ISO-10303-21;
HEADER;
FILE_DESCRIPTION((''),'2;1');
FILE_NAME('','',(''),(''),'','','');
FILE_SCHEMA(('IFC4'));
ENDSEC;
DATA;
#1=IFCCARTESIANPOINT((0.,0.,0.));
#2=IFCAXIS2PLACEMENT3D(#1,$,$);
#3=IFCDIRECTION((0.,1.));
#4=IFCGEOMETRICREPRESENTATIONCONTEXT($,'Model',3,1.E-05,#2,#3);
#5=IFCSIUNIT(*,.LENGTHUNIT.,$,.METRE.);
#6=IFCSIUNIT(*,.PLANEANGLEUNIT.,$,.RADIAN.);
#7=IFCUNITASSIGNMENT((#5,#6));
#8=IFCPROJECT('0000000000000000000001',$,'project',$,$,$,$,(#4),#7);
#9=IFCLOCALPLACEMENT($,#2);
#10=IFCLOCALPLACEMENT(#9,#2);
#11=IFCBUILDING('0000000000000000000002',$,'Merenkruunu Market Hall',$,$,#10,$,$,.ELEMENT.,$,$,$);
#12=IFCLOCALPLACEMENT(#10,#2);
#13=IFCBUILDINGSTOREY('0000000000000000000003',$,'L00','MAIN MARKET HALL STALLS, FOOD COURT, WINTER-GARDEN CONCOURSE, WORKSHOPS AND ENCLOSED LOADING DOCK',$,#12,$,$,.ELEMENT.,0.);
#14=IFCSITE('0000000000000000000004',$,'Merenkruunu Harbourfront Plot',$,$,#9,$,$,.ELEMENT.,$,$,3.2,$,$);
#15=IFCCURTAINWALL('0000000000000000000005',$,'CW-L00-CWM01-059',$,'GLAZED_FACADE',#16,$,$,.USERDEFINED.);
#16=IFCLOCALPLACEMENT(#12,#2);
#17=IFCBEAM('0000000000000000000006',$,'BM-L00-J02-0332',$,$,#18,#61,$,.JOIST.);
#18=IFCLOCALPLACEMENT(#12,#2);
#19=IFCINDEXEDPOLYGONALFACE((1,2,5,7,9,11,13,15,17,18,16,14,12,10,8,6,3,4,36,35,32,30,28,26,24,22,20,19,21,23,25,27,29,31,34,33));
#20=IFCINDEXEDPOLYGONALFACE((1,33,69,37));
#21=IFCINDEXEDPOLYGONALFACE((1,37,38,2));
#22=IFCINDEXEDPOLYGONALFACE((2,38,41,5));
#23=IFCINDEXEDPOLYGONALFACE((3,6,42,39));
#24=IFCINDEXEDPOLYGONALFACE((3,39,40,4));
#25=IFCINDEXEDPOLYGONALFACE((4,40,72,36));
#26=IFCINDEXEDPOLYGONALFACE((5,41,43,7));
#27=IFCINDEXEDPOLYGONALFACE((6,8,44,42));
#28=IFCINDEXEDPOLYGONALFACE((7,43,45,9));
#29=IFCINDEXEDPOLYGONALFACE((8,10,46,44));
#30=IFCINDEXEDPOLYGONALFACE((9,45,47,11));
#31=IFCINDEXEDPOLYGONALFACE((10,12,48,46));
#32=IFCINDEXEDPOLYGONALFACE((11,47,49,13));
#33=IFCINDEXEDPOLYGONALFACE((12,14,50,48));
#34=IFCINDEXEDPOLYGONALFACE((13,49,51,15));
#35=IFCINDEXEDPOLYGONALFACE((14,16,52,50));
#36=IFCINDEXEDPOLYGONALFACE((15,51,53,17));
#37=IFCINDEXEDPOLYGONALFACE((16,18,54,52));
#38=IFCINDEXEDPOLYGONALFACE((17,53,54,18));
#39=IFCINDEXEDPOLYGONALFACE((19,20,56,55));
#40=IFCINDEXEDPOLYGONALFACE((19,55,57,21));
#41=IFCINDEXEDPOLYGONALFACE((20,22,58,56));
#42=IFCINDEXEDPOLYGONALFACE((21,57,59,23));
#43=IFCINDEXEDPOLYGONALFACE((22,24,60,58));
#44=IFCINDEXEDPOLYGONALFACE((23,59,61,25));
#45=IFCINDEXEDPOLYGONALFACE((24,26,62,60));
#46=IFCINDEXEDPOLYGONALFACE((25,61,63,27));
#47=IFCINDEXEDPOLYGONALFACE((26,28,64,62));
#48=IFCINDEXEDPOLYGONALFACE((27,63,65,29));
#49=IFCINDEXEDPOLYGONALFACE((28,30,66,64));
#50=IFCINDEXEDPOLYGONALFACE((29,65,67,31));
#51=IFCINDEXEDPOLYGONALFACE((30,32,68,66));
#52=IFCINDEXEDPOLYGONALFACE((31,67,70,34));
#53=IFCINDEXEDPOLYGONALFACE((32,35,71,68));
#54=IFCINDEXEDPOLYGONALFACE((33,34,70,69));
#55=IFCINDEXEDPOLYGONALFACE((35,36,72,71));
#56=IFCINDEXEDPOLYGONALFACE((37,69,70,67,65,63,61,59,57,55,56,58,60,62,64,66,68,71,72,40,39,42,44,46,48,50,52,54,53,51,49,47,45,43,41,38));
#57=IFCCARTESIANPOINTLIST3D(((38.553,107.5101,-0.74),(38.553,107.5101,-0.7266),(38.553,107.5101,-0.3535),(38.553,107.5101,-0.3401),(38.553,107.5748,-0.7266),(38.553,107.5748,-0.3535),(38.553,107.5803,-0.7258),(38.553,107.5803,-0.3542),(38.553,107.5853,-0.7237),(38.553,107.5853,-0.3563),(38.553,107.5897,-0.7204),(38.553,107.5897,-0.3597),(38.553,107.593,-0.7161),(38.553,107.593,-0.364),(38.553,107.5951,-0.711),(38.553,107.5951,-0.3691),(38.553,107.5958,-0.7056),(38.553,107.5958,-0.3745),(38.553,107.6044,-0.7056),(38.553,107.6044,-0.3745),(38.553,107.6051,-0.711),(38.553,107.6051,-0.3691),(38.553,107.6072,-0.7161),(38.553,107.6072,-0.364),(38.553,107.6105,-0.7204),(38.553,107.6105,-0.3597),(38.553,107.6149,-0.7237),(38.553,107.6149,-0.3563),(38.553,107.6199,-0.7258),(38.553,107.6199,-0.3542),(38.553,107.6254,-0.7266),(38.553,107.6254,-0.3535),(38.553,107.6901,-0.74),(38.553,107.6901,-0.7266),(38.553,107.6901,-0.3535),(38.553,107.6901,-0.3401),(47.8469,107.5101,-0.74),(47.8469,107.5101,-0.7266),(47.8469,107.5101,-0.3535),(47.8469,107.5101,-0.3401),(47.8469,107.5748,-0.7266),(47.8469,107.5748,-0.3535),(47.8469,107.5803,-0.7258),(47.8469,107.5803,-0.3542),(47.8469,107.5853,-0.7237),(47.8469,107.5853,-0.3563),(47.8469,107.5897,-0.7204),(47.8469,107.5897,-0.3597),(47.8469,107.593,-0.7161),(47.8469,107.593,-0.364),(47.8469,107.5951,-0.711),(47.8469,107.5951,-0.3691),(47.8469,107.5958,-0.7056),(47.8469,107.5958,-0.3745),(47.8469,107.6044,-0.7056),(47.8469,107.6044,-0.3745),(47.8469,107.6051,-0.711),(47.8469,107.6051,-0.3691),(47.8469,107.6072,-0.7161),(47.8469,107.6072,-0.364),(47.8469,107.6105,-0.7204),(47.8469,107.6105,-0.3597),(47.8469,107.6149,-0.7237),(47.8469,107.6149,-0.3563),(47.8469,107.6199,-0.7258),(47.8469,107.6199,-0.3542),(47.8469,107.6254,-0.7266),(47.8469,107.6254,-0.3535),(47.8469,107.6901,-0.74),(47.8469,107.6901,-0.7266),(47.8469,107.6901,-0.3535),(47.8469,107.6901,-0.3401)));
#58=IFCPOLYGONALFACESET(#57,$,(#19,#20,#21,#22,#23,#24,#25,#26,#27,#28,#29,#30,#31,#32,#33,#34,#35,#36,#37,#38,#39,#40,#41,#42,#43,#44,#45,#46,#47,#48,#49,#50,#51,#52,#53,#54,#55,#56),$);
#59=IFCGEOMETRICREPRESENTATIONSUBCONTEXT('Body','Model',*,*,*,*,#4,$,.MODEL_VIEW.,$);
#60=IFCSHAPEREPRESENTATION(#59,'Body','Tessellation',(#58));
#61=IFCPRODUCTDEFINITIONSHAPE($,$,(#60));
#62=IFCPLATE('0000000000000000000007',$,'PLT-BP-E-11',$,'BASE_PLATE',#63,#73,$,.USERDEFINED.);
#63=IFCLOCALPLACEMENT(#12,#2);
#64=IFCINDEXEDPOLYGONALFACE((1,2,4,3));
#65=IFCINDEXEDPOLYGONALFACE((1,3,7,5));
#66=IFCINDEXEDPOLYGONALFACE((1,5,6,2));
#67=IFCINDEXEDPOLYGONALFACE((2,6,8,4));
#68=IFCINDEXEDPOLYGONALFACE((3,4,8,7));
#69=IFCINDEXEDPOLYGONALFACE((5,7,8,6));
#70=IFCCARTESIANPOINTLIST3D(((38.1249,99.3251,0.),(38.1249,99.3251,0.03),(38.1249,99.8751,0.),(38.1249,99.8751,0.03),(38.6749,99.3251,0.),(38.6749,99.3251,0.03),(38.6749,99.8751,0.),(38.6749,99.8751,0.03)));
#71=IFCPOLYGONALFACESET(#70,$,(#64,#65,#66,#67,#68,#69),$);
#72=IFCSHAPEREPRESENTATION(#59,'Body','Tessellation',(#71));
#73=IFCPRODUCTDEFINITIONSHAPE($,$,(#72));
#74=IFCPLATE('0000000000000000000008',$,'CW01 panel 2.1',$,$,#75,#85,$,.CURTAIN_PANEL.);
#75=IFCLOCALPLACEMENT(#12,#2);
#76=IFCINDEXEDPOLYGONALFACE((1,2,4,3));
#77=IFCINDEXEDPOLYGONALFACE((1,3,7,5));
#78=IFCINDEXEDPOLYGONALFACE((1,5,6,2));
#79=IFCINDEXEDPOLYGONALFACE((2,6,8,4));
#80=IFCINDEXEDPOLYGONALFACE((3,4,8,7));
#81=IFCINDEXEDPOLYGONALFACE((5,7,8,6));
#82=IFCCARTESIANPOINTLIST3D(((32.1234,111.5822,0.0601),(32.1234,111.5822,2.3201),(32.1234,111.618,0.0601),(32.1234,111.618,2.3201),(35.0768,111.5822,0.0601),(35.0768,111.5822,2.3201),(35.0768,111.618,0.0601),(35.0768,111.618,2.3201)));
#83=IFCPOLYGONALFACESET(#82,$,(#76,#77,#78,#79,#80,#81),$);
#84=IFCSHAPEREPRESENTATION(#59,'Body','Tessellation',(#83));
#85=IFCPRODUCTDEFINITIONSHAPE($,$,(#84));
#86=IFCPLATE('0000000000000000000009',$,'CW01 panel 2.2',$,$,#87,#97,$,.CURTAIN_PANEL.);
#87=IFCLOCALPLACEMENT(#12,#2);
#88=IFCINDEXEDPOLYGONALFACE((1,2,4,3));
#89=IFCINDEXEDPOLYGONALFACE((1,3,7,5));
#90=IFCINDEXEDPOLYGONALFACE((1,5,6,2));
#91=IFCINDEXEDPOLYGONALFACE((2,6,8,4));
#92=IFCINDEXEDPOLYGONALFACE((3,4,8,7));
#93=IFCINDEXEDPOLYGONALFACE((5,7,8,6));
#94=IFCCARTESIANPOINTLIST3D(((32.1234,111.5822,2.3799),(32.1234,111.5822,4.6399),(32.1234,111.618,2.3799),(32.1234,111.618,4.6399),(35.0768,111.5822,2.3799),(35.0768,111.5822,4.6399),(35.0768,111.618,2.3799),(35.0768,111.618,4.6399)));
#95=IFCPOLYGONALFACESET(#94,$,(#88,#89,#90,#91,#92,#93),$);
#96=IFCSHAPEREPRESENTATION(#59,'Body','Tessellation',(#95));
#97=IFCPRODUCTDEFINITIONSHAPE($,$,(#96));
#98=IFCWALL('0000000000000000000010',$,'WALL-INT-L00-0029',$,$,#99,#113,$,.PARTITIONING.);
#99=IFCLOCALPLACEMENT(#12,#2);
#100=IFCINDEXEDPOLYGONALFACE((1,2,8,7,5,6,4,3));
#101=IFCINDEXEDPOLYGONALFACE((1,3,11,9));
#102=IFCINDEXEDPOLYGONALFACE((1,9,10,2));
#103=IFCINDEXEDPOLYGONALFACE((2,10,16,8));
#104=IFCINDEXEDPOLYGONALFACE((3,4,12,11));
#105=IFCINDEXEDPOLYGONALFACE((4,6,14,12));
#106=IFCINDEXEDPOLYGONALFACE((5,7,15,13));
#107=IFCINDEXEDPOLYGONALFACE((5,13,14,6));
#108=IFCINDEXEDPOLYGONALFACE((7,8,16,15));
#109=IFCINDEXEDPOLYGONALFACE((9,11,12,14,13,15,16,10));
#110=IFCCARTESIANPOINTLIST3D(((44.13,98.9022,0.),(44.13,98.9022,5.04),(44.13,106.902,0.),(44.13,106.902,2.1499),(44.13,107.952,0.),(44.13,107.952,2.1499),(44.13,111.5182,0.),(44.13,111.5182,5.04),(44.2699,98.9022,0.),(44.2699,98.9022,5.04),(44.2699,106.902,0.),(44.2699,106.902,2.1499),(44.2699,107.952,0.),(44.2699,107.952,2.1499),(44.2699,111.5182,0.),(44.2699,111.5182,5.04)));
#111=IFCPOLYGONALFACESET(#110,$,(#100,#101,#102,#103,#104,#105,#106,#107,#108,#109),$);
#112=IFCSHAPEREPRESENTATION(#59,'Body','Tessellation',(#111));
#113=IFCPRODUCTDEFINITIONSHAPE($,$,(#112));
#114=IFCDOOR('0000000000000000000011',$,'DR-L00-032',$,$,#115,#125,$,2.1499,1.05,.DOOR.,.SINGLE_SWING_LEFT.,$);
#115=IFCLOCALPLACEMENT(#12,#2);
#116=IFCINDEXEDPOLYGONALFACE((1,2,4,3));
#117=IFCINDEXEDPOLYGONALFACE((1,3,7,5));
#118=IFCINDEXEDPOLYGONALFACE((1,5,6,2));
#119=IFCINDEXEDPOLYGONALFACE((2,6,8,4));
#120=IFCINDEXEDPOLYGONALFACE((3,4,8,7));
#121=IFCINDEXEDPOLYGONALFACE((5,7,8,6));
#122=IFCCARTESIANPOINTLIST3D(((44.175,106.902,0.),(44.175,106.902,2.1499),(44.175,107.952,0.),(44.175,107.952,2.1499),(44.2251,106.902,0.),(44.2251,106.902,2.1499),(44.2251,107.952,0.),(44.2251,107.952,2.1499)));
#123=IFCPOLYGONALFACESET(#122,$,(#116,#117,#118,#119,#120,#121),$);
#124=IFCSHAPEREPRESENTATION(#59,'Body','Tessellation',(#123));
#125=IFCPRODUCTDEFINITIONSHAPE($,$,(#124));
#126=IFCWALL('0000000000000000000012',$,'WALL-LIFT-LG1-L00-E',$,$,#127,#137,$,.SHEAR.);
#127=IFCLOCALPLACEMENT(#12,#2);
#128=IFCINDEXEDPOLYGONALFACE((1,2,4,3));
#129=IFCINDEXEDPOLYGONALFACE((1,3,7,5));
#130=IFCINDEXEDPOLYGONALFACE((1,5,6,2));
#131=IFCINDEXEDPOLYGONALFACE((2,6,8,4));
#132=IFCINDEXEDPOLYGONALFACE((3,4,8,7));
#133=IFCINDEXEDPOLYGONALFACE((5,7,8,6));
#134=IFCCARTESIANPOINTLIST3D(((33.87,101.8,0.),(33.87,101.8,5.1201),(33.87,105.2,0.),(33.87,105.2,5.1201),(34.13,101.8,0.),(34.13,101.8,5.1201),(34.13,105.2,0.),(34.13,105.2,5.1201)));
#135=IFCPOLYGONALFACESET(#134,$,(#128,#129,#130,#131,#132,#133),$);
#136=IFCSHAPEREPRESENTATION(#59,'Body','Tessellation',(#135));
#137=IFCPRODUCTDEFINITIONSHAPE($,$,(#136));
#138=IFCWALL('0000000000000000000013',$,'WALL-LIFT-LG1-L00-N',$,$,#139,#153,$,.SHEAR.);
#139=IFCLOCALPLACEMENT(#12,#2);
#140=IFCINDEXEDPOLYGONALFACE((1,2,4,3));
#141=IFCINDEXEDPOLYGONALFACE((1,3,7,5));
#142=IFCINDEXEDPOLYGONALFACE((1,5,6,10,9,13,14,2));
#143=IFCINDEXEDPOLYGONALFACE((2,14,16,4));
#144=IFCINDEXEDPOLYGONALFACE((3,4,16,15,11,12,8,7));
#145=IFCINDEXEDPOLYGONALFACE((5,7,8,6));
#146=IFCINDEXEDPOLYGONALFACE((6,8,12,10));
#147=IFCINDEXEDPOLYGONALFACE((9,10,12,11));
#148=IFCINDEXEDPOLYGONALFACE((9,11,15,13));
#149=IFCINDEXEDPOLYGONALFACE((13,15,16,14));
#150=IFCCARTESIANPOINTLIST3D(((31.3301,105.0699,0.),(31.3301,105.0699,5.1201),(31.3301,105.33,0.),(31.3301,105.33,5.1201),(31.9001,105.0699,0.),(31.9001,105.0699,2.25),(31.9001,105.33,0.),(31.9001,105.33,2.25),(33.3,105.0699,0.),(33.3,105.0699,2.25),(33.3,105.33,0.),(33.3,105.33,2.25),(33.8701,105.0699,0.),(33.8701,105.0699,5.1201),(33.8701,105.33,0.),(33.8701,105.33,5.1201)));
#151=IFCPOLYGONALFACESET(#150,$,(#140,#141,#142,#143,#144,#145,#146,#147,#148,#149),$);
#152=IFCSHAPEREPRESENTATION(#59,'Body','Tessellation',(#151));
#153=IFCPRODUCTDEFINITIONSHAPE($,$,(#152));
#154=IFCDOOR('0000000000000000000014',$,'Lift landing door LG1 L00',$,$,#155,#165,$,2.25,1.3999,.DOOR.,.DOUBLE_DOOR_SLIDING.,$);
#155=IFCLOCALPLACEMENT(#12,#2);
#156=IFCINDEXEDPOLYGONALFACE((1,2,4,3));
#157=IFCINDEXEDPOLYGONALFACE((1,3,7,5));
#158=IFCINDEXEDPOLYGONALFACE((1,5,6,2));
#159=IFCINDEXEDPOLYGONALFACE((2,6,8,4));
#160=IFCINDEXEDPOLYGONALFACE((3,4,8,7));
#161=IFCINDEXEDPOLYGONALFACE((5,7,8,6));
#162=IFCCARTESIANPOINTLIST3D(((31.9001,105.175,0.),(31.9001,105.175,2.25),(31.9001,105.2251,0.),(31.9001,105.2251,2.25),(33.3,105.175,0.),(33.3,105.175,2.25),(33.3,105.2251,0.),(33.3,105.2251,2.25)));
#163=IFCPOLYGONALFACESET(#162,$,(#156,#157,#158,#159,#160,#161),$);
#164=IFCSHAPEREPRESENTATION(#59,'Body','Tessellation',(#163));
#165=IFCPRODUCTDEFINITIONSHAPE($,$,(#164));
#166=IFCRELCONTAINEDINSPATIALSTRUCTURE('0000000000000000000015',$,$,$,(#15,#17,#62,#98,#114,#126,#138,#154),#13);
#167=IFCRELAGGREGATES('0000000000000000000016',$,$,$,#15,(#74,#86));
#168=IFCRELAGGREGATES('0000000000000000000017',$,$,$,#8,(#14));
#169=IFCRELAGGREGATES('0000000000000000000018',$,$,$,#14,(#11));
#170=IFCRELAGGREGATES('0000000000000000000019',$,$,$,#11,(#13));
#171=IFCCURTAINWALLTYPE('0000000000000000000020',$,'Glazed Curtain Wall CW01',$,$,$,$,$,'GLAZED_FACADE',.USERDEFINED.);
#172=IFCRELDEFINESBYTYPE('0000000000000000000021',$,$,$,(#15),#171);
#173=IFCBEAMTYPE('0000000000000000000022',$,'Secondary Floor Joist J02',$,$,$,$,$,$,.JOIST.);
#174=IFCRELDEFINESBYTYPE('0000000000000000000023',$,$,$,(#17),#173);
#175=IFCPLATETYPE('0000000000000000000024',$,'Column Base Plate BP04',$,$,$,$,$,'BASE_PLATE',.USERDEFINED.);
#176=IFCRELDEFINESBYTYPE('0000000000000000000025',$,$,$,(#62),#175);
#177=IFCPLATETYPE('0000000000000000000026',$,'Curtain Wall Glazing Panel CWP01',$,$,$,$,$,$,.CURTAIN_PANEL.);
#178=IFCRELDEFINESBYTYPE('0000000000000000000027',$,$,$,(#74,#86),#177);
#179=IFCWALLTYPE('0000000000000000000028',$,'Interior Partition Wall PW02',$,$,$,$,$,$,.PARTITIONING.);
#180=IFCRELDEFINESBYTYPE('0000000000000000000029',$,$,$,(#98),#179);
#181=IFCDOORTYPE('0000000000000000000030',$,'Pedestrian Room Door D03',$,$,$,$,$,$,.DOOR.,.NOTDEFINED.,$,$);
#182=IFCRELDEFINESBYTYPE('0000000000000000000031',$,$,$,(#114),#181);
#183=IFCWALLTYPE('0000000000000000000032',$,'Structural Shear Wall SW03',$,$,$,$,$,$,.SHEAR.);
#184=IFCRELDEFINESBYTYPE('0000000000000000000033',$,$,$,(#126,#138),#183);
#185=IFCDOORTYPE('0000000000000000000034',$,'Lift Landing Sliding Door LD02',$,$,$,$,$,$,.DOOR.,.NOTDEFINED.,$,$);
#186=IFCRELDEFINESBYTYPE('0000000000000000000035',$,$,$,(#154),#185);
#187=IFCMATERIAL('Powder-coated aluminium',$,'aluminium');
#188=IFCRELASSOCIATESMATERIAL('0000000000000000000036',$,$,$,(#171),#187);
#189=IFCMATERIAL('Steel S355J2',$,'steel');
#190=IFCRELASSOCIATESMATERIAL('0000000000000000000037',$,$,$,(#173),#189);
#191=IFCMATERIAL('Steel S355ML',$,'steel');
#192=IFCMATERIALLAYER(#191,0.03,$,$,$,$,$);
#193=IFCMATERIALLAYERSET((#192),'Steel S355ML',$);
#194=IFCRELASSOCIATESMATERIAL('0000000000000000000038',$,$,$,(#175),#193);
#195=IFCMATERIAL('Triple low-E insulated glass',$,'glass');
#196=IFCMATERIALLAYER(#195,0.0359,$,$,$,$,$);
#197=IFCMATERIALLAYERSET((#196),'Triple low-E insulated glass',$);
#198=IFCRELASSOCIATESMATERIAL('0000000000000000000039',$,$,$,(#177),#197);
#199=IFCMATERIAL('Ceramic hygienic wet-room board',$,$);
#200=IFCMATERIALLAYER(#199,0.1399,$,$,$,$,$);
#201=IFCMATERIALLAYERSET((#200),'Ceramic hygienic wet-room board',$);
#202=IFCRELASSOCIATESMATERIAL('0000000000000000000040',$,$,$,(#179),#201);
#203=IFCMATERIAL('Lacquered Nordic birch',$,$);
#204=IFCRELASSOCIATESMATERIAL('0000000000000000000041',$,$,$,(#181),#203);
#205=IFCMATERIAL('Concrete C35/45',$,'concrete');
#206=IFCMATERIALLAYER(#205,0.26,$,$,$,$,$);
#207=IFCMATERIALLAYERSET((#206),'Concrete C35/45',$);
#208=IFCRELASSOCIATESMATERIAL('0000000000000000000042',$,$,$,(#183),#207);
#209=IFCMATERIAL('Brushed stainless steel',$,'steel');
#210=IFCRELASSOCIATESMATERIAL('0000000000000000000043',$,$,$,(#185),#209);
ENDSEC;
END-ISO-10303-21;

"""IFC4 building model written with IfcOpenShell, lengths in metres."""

from ifc_helpers import new_model, si_unit, direction, frame, frame_2d, origin, origin_2d, place, context, subcontext, project, spatial, rectangle, i_section, extrude, material, layer, layer_set, material_profile, profile_set, type_object, element, fill, aggregate, save


model = new_model("IFC4")

# Units and contexts
model_context = context("Model", 3, precision=1e-05, world=origin(), true_north=direction((0.0, 1.0)))
body_context = subcontext(model_context, "Body", "Model", "MODEL_VIEW")
ifc_project = project(units=[si_unit("LENGTHUNIT", "METRE"), si_unit("PLANEANGLEUNIT", "RADIAN")], contexts=[model_context])

# Site, building, storey
site_placement = place(None, origin())
site = spatial("IfcSite", under=ifc_project, at=site_placement, Name="Merenkruunu Harbourfront Plot", CompositionType="ELEMENT", RefElevation=3.2)
building_placement = place(site_placement, origin())
building = spatial("IfcBuilding", under=site, at=building_placement, Name="Merenkruunu Market Hall", CompositionType="ELEMENT")
storey_placement = place(building_placement, origin())
storey = spatial("IfcBuildingStorey", under=building, at=storey_placement, Name="L00", Description="MAIN MARKET HALL STALLS, FOOD COURT, WINTER-GARDEN CONCOURSE, WORKSHOPS AND ENCLOSED LOADING DOCK", CompositionType="ELEMENT", Elevation=0.0)

# Shared definitions
ifc_material_1 = material(Name="Steel S355J2", Category="steel")

# Curtain wall
ifc_material_2 = material(Name="Powder-coated aluminium", Category="aluminium")
curtain_wall_type = type_object("IfcCurtainWallType", Name="Glazed Curtain Wall CW01", ElementType="GLAZED_FACADE", PredefinedType="USERDEFINED", material=ifc_material_2)
curtain_wall_placement = place(storey_placement, origin())
curtain_wall = element("IfcCurtainWall", 1, at=curtain_wall_placement, inside=storey, type_object=curtain_wall_type, Name="CW-L00-CWM01-059", ObjectType="GLAZED_FACADE", PredefinedType="USERDEFINED")

# Beam
ifc_material_profile_1 = material_profile(ifc_material_1, i_section(OverallWidth=0.1799, OverallDepth=0.3999, WebThickness=0.0085, FlangeThickness=0.0134, FilletRadius=0.021, at=origin_2d()), Name="IPE 400")
ifc_profile_set_1 = profile_set([ifc_material_profile_1], Name="Steel S355J2")
beam_type_1 = type_object("IfcBeamType", Name="Secondary Floor Joist J02", PredefinedType="JOIST", material=ifc_profile_set_1)
for number, where, z_axis, x_axis, name in (
    (2, (38.553, 107.6001, -0.54), (1.0, 0.0, 0.0), (0.0, 1.0, 0.0), "BM-L00-J02-0332"),
):
    element("IfcBeam", number, at=place(storey_placement, frame(where, z_axis=z_axis, x_axis=x_axis)), inside=storey, type_object=beam_type_1, Name=name, PredefinedType="JOIST", context=body_context, shape_type="SweptSolid", body=[
        extrude(i_section(OverallWidth=0.1799, OverallDepth=0.3999, WebThickness=0.0085, FlangeThickness=0.0134, FilletRadius=0.021, at=origin_2d()), origin(), (0.0, 0.0, 1.0), 9.2939),
    ])

# Plates
ifc_material_3 = material(Name="Steel S355ML", Category="steel")
ifc_layer_1 = layer(ifc_material_3, 0.03)
ifc_layer_set_1 = layer_set([ifc_layer_1], Name="Steel S355ML")
plate_type_1 = type_object("IfcPlateType", Name="Column Base Plate BP04", ElementType="BASE_PLATE", PredefinedType="USERDEFINED", material=ifc_layer_set_1)
plate_1_placement = place(storey_placement, frame((38.3999, 99.6001, 0.0), z_axis=(0.0, 0.0, 1.0), x_axis=(1.0, 0.0, 0.0)))
element("IfcPlate", 3, at=plate_1_placement, inside=storey, type_object=plate_type_1, Name="PLT-BP-E-11", ObjectType="BASE_PLATE", PredefinedType="USERDEFINED", context=body_context, shape_type="SweptSolid", body=[
    extrude(rectangle(XDim=0.55, YDim=0.55, at=origin_2d()), origin(), (0.0, 0.0, 1.0), 0.03),
])
ifc_material_4 = material(Name="Triple low-E insulated glass", Category="glass")
ifc_layer_2 = layer(ifc_material_4, 0.0359)
ifc_layer_set_2 = layer_set([ifc_layer_2], Name="Triple low-E insulated glass")
plate_type_2 = type_object("IfcPlateType", Name="Curtain Wall Glazing Panel CWP01", PredefinedType="CURTAIN_PANEL", material=ifc_layer_set_2)
plate_2_placement = place(storey_placement, frame((33.6001, 111.6001, 0.0601), z_axis=(0.0, 0.0, 1.0), x_axis=(1.0, 0.0, 0.0)))
plate_2 = element("IfcPlate", 4, at=plate_2_placement, type_object=plate_type_2, Name="CW01 panel 2.1", PredefinedType="CURTAIN_PANEL", context=body_context, shape_type="SweptSolid", body=[
    extrude(rectangle(XDim=2.9534, YDim=0.0359, at=origin_2d()), origin(), (0.0, 0.0, 1.0), 2.26),
])
plate_3_placement = place(storey_placement, frame((33.6001, 111.6001, 2.3799), z_axis=(0.0, 0.0, 1.0), x_axis=(1.0, 0.0, 0.0)))
plate_3 = element("IfcPlate", 5, at=plate_3_placement, type_object=plate_type_2, Name="CW01 panel 2.2", PredefinedType="CURTAIN_PANEL", context=body_context, shape_type="SweptSolid", body=[
    extrude(rectangle(XDim=2.9534, YDim=0.0359, at=origin_2d()), origin(), (0.0, 0.0, 1.0), 2.26),
])
aggregate(curtain_wall, [plate_2, plate_3])

# Wall, opening, door
ifc_material_5 = material(Name="Ceramic hygienic wet-room board")
ifc_layer_3 = layer(ifc_material_5, 0.1399)
ifc_layer_set_3 = layer_set([ifc_layer_3], Name="Ceramic hygienic wet-room board")
wall_type_1 = type_object("IfcWallType", Name="Interior Partition Wall PW02", PredefinedType="PARTITIONING", material=ifc_layer_set_3)
wall_1_placement = place(storey_placement, frame((44.2, 98.9021, 0.0), z_axis=(0.0, 0.0, 1.0), x_axis=(0.0, 1.0, 0.0)))
wall_1 = element("IfcWall", 6, at=wall_1_placement, inside=storey, type_object=wall_type_1, Name="WALL-INT-L00-0029", PredefinedType="PARTITIONING", context=body_context, shape_type="SweptSolid", body=[
    extrude(rectangle(XDim=12.616, YDim=0.1399, at=frame_2d((6.3081, 0.0))), origin(), (0.0, 0.0, 1.0), 5.04),
])
opening_1_placement = place(wall_1_placement, frame((8.0, 0.0, 0.0)))
opening_1 = element("IfcOpeningElement", 7, at=opening_1_placement, cuts=wall_1, PredefinedType="OPENING", context=body_context, shape_type="SweptSolid", body=[
    extrude(rectangle(XDim=1.05, YDim=2.1499, at=frame_2d((0.5249, 1.075))), frame((0.0, 0.0801, 0.0), z_axis=(0.0, -1.0, 0.0), x_axis=(1.0, 0.0, 0.0)), (0.0, 0.0, 1.0), 0.1599),
])
ifc_material_6 = material(Name="Lacquered Nordic birch")
door_type_1 = type_object("IfcDoorType", Name="Pedestrian Room Door D03", OperationType="NOTDEFINED", PredefinedType="DOOR", material=ifc_material_6)
door_1_placement = place(opening_1_placement, origin())
door_1 = element("IfcDoor", 8, at=door_1_placement, inside=storey, type_object=door_type_1, Name="DR-L00-032", OperationType="SINGLE_SWING_LEFT", OverallHeight=2.1499, OverallWidth=1.05, PredefinedType="DOOR", context=body_context, shape_type="SweptSolid", body=[
    extrude(rectangle(XDim=1.05, YDim=2.1499, at=frame_2d((0.5249, 1.075))), frame((0.0, 0.0249, 0.0), z_axis=(0.0, -1.0, 0.0), x_axis=(1.0, 0.0, 0.0)), (0.0, 0.0, 1.0), 0.05),
])
fill(opening_1, door_1)

# Wall
ifc_material_7 = material(Name="Concrete C35/45", Category="concrete")
ifc_layer_4 = layer(ifc_material_7, 0.26)
ifc_layer_set_4 = layer_set([ifc_layer_4], Name="Concrete C35/45")
wall_type_2 = type_object("IfcWallType", Name="Structural Shear Wall SW03", PredefinedType="SHEAR", material=ifc_layer_set_4)
wall_2_placement = place(storey_placement, frame((34.0, 101.8, 0.0), z_axis=(0.0, 0.0, 1.0), x_axis=(0.0, 1.0, 0.0)))
element("IfcWall", 9, at=wall_2_placement, inside=storey, type_object=wall_type_2, Name="WALL-LIFT-LG1-L00-E", PredefinedType="SHEAR", context=body_context, shape_type="SweptSolid", body=[
    extrude(rectangle(XDim=3.3999, YDim=0.26, at=frame_2d((1.7, 0.0))), origin(), (0.0, 0.0, 1.0), 5.1201),
])

# Wall, opening, door
wall_3_placement = place(storey_placement, frame((33.8701, 105.2, 0.0), z_axis=(0.0, 0.0, 1.0), x_axis=(-1.0, 0.0, 0.0)))
wall_3 = element("IfcWall", 10, at=wall_3_placement, inside=storey, type_object=wall_type_2, Name="WALL-LIFT-LG1-L00-N", PredefinedType="SHEAR", context=body_context, shape_type="SweptSolid", body=[
    extrude(rectangle(XDim=2.54, YDim=0.26, at=frame_2d((1.27, 0.0))), origin(), (0.0, 0.0, 1.0), 5.1201),
])
opening_2_placement = place(wall_3_placement, frame((0.5701, 0.0, 0.0)))
opening_2 = element("IfcOpeningElement", 11, at=opening_2_placement, cuts=wall_3, PredefinedType="OPENING", context=body_context, shape_type="SweptSolid", body=[
    extrude(rectangle(XDim=1.3999, YDim=2.25, at=frame_2d((0.7, 1.125))), frame((0.0, 0.1401, 0.0), z_axis=(0.0, -1.0, 0.0), x_axis=(1.0, 0.0, 0.0)), (0.0, 0.0, 1.0), 0.28),
])
ifc_material_8 = material(Name="Brushed stainless steel", Category="steel")
door_type_2 = type_object("IfcDoorType", Name="Lift Landing Sliding Door LD02", OperationType="NOTDEFINED", PredefinedType="DOOR", material=ifc_material_8)
door_2_placement = place(opening_2_placement, origin())
door_2 = element("IfcDoor", 12, at=door_2_placement, inside=storey, type_object=door_type_2, Name="Lift landing door LG1 L00", OperationType="DOUBLE_DOOR_SLIDING", OverallHeight=2.25, OverallWidth=1.3999, PredefinedType="DOOR", context=body_context, shape_type="SweptSolid", body=[
    extrude(rectangle(XDim=1.3999, YDim=2.25, at=frame_2d((0.7, 1.125))), frame((0.0, 0.0249, 0.0), z_axis=(0.0, -1.0, 0.0), x_axis=(1.0, 0.0, 0.0)), (0.0, 0.0, 1.0), 0.05),
])
fill(opening_2, door_2)

save(model, "model.ifc")
